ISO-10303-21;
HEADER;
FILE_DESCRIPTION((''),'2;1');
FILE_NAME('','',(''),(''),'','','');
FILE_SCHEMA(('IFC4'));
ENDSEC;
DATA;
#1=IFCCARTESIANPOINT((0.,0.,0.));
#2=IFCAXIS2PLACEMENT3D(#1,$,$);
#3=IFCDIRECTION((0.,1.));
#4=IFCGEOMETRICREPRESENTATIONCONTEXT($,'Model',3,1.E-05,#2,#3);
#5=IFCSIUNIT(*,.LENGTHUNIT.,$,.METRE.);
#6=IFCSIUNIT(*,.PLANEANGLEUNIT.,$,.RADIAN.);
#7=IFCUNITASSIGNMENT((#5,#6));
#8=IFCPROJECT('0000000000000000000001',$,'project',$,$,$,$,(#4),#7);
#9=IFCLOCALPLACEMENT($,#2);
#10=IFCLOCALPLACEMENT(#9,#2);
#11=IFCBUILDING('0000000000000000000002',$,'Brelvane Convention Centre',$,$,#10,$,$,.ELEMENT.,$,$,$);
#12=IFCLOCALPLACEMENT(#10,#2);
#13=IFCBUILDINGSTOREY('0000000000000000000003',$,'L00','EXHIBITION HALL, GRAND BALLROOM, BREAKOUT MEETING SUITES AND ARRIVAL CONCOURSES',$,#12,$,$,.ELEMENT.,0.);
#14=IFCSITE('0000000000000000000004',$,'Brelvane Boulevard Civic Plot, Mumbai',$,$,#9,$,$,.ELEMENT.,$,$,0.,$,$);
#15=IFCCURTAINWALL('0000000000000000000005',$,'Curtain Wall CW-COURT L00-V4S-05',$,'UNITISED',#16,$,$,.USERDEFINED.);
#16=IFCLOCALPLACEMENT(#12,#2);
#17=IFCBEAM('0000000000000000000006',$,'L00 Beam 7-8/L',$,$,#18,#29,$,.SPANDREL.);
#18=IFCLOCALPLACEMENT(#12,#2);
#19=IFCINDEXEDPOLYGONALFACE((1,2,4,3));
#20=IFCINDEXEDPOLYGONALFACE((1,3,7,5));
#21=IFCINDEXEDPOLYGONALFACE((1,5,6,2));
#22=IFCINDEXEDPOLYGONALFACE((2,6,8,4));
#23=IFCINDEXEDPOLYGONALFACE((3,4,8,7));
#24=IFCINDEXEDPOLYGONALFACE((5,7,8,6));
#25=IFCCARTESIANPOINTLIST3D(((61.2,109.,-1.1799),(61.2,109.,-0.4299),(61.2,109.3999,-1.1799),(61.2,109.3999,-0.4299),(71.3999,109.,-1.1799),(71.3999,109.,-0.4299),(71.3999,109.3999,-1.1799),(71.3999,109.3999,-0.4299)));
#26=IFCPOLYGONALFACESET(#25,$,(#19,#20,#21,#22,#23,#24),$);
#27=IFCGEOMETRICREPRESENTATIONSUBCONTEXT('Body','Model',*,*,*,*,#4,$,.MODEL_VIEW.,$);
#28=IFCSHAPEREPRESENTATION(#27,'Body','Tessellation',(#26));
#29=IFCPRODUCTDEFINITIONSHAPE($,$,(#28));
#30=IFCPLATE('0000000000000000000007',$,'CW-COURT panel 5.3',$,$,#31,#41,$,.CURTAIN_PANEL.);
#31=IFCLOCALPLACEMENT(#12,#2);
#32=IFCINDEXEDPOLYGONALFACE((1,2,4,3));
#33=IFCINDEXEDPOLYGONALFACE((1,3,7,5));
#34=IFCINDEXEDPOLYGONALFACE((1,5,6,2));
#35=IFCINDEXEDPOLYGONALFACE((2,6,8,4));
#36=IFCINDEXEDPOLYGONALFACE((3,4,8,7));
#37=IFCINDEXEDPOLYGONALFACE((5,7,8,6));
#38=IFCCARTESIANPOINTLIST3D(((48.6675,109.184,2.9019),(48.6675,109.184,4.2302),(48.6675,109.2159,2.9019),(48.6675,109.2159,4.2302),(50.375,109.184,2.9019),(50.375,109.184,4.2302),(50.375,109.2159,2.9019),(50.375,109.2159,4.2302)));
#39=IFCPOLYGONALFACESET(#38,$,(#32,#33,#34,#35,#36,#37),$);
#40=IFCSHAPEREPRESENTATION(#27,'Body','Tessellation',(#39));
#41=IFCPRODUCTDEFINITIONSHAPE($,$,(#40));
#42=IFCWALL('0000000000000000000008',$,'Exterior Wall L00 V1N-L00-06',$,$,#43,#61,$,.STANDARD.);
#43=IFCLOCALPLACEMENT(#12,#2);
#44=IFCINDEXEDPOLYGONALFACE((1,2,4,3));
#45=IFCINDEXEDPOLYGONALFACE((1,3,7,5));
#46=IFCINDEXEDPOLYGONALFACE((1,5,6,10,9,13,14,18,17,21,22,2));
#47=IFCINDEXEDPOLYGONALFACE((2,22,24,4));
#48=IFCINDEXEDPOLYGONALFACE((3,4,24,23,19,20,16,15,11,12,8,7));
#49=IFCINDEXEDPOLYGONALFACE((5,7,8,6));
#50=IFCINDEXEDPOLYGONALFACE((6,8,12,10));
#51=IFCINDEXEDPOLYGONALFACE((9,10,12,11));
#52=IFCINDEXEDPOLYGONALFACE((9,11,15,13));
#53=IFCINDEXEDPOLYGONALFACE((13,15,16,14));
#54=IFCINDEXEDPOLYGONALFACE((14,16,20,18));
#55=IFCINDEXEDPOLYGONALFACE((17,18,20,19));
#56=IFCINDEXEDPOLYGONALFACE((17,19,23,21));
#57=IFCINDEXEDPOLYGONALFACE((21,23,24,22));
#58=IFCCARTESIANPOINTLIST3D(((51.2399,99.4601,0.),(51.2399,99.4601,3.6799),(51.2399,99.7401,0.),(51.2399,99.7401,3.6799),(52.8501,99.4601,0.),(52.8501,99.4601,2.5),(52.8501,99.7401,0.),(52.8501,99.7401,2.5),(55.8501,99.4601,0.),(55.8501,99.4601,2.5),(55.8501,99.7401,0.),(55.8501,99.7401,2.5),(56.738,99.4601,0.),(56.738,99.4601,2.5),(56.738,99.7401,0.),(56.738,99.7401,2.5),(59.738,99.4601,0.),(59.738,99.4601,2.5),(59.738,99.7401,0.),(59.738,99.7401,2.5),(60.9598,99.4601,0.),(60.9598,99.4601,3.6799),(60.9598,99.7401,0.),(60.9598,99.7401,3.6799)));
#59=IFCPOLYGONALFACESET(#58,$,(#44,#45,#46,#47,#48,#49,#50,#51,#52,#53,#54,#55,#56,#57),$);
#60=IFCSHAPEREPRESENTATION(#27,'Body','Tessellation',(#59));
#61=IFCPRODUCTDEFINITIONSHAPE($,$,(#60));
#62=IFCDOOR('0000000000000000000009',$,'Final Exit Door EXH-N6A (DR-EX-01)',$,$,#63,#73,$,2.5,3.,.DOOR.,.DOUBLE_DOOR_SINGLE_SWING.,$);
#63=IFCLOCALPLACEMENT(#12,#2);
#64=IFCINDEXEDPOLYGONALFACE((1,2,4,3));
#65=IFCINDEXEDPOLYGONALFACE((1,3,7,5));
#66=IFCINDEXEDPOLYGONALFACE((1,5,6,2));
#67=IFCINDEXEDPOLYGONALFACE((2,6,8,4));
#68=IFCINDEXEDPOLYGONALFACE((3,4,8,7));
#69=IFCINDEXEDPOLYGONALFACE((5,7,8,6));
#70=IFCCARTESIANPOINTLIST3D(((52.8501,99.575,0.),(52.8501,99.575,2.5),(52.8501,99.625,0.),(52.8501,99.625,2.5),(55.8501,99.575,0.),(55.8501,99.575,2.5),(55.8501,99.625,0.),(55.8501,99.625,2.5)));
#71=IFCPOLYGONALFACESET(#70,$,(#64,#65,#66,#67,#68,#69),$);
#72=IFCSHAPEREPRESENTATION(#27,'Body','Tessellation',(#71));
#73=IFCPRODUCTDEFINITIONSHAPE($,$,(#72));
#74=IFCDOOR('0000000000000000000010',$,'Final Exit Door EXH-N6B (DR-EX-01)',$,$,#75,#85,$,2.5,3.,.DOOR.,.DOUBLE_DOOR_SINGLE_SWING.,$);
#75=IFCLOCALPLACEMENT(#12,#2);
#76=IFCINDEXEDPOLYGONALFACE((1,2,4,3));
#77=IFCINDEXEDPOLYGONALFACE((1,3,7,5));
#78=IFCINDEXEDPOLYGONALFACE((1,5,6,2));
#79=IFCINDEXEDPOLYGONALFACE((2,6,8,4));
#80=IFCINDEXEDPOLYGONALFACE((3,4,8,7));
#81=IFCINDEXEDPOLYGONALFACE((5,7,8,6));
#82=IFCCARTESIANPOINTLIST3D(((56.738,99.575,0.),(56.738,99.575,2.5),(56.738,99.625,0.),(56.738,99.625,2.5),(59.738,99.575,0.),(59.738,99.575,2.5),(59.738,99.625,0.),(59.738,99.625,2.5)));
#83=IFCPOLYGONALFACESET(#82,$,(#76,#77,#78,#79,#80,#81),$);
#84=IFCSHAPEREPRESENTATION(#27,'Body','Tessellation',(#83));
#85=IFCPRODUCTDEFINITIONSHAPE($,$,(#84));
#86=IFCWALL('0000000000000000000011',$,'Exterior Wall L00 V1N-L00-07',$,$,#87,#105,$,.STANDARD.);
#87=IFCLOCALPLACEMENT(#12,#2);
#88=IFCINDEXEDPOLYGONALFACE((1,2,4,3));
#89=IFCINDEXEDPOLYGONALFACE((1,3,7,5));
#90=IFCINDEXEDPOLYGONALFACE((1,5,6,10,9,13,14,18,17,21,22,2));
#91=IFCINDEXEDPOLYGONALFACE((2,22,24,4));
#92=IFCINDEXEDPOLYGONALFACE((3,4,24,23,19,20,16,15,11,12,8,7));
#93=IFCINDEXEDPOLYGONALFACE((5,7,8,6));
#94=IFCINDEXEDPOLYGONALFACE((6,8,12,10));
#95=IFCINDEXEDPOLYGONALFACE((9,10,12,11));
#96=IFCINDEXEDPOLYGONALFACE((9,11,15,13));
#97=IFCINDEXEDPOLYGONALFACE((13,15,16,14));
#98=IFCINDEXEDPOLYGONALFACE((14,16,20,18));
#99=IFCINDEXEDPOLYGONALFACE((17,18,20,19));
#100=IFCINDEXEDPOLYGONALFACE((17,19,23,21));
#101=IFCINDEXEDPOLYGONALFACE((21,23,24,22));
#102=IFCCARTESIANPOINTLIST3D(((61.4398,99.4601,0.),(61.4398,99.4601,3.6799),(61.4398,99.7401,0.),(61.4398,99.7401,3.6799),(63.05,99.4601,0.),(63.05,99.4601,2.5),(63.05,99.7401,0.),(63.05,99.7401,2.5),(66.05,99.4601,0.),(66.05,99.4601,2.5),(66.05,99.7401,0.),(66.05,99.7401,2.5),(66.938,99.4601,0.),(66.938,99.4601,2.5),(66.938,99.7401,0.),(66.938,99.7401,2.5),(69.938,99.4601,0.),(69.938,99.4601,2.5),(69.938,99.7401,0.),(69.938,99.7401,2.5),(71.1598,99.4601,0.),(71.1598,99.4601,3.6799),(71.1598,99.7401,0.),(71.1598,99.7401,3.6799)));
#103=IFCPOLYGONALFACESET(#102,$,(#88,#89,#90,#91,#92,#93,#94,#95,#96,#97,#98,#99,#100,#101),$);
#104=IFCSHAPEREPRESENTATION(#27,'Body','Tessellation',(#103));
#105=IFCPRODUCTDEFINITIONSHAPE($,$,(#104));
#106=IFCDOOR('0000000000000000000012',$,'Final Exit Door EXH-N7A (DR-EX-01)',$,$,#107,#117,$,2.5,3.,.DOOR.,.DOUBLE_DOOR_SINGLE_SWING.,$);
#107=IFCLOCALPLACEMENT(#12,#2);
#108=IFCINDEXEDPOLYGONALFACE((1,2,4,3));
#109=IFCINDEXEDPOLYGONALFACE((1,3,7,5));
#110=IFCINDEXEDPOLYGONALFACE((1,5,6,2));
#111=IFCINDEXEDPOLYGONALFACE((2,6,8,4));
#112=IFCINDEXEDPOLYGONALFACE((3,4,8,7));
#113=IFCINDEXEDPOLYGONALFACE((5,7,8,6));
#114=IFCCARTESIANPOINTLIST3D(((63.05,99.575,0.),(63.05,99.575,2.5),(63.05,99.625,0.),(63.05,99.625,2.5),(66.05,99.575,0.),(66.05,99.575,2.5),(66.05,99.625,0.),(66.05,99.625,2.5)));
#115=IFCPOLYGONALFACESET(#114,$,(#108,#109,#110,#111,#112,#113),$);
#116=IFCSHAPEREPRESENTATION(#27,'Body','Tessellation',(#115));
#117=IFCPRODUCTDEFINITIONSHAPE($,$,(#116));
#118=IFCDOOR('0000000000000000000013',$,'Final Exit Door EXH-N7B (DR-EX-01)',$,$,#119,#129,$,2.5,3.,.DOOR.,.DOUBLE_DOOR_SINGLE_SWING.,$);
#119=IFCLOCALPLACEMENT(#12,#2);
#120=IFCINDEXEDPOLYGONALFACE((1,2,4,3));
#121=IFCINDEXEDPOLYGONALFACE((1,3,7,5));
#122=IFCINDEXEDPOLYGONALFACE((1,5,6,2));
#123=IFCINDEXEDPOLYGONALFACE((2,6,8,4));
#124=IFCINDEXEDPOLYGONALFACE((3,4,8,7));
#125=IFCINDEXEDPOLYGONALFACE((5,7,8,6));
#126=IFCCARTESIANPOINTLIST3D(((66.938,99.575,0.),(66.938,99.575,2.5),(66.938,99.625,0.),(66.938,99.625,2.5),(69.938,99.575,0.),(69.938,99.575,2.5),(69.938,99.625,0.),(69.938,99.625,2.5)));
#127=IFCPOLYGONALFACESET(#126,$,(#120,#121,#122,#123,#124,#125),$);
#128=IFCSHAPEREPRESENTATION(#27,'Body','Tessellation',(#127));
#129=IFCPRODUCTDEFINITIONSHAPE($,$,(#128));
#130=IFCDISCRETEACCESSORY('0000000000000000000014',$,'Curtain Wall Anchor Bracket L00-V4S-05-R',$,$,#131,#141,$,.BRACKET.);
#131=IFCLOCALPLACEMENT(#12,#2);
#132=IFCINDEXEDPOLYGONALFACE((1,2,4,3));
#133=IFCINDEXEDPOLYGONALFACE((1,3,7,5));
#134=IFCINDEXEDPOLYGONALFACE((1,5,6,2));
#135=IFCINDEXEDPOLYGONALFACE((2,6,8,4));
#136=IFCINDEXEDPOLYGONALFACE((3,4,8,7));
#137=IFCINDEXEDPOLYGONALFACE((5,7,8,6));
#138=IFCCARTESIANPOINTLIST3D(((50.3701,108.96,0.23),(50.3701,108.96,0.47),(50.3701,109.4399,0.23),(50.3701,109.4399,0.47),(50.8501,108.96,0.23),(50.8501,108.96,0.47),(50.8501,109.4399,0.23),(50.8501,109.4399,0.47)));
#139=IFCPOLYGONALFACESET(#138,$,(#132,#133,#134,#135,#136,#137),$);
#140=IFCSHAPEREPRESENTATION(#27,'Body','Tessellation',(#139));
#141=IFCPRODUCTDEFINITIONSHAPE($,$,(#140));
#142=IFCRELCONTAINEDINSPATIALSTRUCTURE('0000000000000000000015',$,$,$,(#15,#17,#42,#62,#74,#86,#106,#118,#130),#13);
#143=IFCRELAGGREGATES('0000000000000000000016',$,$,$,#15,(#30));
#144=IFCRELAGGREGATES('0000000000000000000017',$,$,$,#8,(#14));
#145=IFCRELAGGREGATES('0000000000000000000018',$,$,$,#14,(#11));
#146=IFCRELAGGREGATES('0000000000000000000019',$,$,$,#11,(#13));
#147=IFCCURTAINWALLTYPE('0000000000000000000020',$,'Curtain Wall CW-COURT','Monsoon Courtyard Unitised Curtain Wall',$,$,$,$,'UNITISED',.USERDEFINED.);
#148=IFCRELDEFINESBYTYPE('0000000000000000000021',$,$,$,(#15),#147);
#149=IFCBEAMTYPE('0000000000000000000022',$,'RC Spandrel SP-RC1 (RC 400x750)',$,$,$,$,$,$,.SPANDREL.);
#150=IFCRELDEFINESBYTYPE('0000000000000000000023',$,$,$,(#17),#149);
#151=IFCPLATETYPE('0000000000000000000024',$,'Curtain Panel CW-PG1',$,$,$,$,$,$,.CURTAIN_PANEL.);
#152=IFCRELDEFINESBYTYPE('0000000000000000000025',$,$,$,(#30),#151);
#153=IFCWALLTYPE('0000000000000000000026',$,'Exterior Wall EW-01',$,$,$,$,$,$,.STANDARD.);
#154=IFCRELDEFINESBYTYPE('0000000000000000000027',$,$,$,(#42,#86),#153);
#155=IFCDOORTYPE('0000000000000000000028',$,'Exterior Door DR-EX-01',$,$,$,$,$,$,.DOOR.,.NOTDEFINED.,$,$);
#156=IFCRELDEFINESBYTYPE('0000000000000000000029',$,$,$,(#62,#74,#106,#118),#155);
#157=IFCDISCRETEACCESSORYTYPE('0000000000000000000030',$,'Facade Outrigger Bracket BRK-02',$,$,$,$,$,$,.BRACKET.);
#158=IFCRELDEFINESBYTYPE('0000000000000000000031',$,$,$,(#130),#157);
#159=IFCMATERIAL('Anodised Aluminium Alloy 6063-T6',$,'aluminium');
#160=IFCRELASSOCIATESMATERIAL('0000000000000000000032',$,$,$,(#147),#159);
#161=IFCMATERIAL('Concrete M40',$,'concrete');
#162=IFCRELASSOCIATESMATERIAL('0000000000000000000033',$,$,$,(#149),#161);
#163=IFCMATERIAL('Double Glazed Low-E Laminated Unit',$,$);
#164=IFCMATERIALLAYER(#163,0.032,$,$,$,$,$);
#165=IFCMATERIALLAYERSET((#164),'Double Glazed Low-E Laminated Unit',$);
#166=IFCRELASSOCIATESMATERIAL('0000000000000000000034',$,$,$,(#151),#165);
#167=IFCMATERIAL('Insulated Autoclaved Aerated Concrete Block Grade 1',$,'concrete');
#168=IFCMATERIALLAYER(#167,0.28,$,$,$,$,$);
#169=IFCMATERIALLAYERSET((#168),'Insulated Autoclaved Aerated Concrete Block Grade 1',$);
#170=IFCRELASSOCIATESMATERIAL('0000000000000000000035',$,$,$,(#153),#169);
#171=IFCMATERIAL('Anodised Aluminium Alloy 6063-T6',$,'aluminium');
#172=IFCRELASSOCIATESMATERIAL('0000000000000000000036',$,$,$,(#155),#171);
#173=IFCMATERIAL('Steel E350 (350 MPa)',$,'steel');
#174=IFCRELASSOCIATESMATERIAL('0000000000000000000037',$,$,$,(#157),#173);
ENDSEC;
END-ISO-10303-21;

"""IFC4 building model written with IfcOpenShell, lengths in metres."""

from ifc_helpers import new_model, si_unit, direction, frame, frame_2d, origin, origin_2d, place, context, subcontext, project, spatial, rectangle, extrude, material, layer, layer_set, material_profile, profile_set, type_object, element, fill, aggregate, save


model = new_model("IFC4")

# Units and contexts
model_context = context("Model", 3, precision=1e-05, world=origin(), true_north=direction((0.0, 1.0)))
body_context = subcontext(model_context, "Body", "Model", "MODEL_VIEW")
ifc_project = project(units=[si_unit("LENGTHUNIT", "METRE"), si_unit("PLANEANGLEUNIT", "RADIAN")], contexts=[model_context])

# Site, building, storey
site_placement = place(None, origin())
site = spatial("IfcSite", under=ifc_project, at=site_placement, Name="Brelvane Boulevard Civic Plot, Mumbai", CompositionType="ELEMENT", RefElevation=0.0)
building_placement = place(site_placement, origin())
building = spatial("IfcBuilding", under=site, at=building_placement, Name="Brelvane Convention Centre", CompositionType="ELEMENT")
storey_placement = place(building_placement, origin())
storey = spatial("IfcBuildingStorey", under=building, at=storey_placement, Name="L00", Description="EXHIBITION HALL, GRAND BALLROOM, BREAKOUT MEETING SUITES AND ARRIVAL CONCOURSES", CompositionType="ELEMENT", Elevation=0.0)

# Curtain wall
ifc_material_1 = material(Name="Anodised Aluminium Alloy 6063-T6", Category="aluminium")
curtain_wall_type = type_object("IfcCurtainWallType", Name="Curtain Wall CW-COURT", Description="Monsoon Courtyard Unitised Curtain Wall", ElementType="UNITISED", PredefinedType="USERDEFINED", material=ifc_material_1)
curtain_wall_placement = place(storey_placement, origin())
curtain_wall = element("IfcCurtainWall", 1, at=curtain_wall_placement, inside=storey, type_object=curtain_wall_type, Name="Curtain Wall CW-COURT L00-V4S-05", ObjectType="UNITISED", PredefinedType="USERDEFINED")

# Beam
ifc_material_2 = material(Name="Concrete M40", Category="concrete")
ifc_material_profile_1 = material_profile(ifc_material_2, rectangle(XDim=0.3999, YDim=0.75, at=origin_2d()), Name="RC 400x750")
ifc_profile_set_1 = profile_set([ifc_material_profile_1], Name="Concrete M40")
beam_type_1 = type_object("IfcBeamType", Name="RC Spandrel SP-RC1 (RC 400x750)", PredefinedType="SPANDREL", material=ifc_profile_set_1)
for number, where, z_axis, x_axis, name in (
    (2, (61.2, 109.2, -0.8049), (1.0, 0.0, 0.0), (0.0, 1.0, 0.0), "L00 Beam 7-8/L"),
):
    element("IfcBeam", number, at=place(storey_placement, frame(where, z_axis=z_axis, x_axis=x_axis)), inside=storey, type_object=beam_type_1, Name=name, PredefinedType="SPANDREL", context=body_context, shape_type="SweptSolid", body=[
        extrude(rectangle(XDim=0.3999, YDim=0.75, at=origin_2d()), origin(), (0.0, 0.0, 1.0), 10.2),
    ])

# Plate
ifc_material_3 = material(Name="Double Glazed Low-E Laminated Unit")
ifc_layer_1 = layer(ifc_material_3, 0.032)
ifc_layer_set_1 = layer_set([ifc_layer_1], Name="Double Glazed Low-E Laminated Unit")
plate_type = type_object("IfcPlateType", Name="Curtain Panel CW-PG1", PredefinedType="CURTAIN_PANEL", material=ifc_layer_set_1)
plate_placement = place(storey_placement, frame((49.5212, 109.2, 2.9019), z_axis=(0.0, 0.0, 1.0), x_axis=(1.0, 0.0, 0.0)))
plate = element("IfcPlate", 3, at=plate_placement, type_object=plate_type, Name="CW-COURT panel 5.3", PredefinedType="CURTAIN_PANEL", context=body_context, shape_type="SweptSolid", body=[
    extrude(rectangle(XDim=1.7075, YDim=0.032, at=origin_2d()), origin(), (0.0, 0.0, 1.0), 1.3284),
])
aggregate(curtain_wall, [plate])

# Walls, openings, doors
ifc_material_4 = material(Name="Insulated Autoclaved Aerated Concrete Block Grade 1", Category="concrete")
ifc_layer_2 = layer(ifc_material_4, 0.28)
ifc_layer_set_2 = layer_set([ifc_layer_2], Name="Insulated Autoclaved Aerated Concrete Block Grade 1")
wall_type_1 = type_object("IfcWallType", Name="Exterior Wall EW-01", PredefinedType="STANDARD", material=ifc_layer_set_2)
wall_1_placement = place(storey_placement, frame((51.24, 99.6001, 0.0), z_axis=(0.0, 0.0, 1.0), x_axis=(1.0, 0.0, 0.0)))
wall_1 = element("IfcWall", 4, at=wall_1_placement, inside=storey, type_object=wall_type_1, Name="Exterior Wall L00 V1N-L00-06", PredefinedType="STANDARD", context=body_context, shape_type="SweptSolid", body=[
    extrude(rectangle(XDim=9.72, YDim=0.28, at=frame_2d((4.8599, 0.0))), origin(), (0.0, 0.0, 1.0), 3.6799),
])
opening_1_placement = place(wall_1_placement, frame((1.6101, 0.0, 0.0)))
opening_1 = element("IfcOpeningElement", 5, at=opening_1_placement, cuts=wall_1, PredefinedType="OPENING", context=body_context, shape_type="SweptSolid", body=[
    extrude(rectangle(XDim=3.0, YDim=2.5, at=frame_2d((1.5, 1.25))), frame((0.0, 0.1499, 0.0), z_axis=(0.0, -1.0, 0.0), x_axis=(1.0, 0.0, 0.0)), (0.0, 0.0, 1.0), 0.3),
])
opening_2_placement = place(wall_1_placement, frame((5.498, 0.0, 0.0)))
opening_2 = element("IfcOpeningElement", 6, at=opening_2_placement, cuts=wall_1, PredefinedType="OPENING", context=body_context, shape_type="SweptSolid", body=[
    extrude(rectangle(XDim=3.0, YDim=2.5, at=frame_2d((1.5, 1.25))), frame((0.0, 0.1499, 0.0), z_axis=(0.0, -1.0, 0.0), x_axis=(1.0, 0.0, 0.0)), (0.0, 0.0, 1.0), 0.3),
])
ifc_material_5 = material(Name="Anodised Aluminium Alloy 6063-T6", Category="aluminium")
door_type_1 = type_object("IfcDoorType", Name="Exterior Door DR-EX-01", OperationType="NOTDEFINED", PredefinedType="DOOR", material=ifc_material_5)
door_1_placement = place(opening_1_placement, origin())
door_1 = element("IfcDoor", 7, at=door_1_placement, inside=storey, type_object=door_type_1, Name="Final Exit Door EXH-N6A (DR-EX-01)", OperationType="DOUBLE_DOOR_SINGLE_SWING", OverallHeight=2.5, OverallWidth=3.0, PredefinedType="DOOR", context=body_context, shape_type="SweptSolid", body=[
    extrude(rectangle(XDim=3.0, YDim=2.5, at=frame_2d((1.5, 1.25))), frame((0.0, 0.0249, 0.0), z_axis=(0.0, -1.0, 0.0), x_axis=(1.0, 0.0, 0.0)), (0.0, 0.0, 1.0), 0.05),
])
fill(opening_1, door_1)
door_2_placement = place(opening_2_placement, origin())
door_2 = element("IfcDoor", 8, at=door_2_placement, inside=storey, type_object=door_type_1, Name="Final Exit Door EXH-N6B (DR-EX-01)", OperationType="DOUBLE_DOOR_SINGLE_SWING", OverallHeight=2.5, OverallWidth=3.0, PredefinedType="DOOR", context=body_context, shape_type="SweptSolid", body=[
    extrude(rectangle(XDim=3.0, YDim=2.5, at=frame_2d((1.5, 1.25))), frame((0.0, 0.0249, 0.0), z_axis=(0.0, -1.0, 0.0), x_axis=(1.0, 0.0, 0.0)), (0.0, 0.0, 1.0), 0.05),
])
fill(opening_2, door_2)
wall_2_placement = place(storey_placement, frame((61.4399, 99.6001, 0.0), z_axis=(0.0, 0.0, 1.0), x_axis=(1.0, 0.0, 0.0)))
wall_2 = element("IfcWall", 9, at=wall_2_placement, inside=storey, type_object=wall_type_1, Name="Exterior Wall L00 V1N-L00-07", PredefinedType="STANDARD", context=body_context, shape_type="SweptSolid", body=[
    extrude(rectangle(XDim=9.72, YDim=0.28, at=frame_2d((4.8599, 0.0))), origin(), (0.0, 0.0, 1.0), 3.6799),
])
opening_3_placement = place(wall_2_placement, frame((1.6101, 0.0, 0.0)))
opening_3 = element("IfcOpeningElement", 10, at=opening_3_placement, cuts=wall_2, PredefinedType="OPENING", context=body_context, shape_type="SweptSolid", body=[
    extrude(rectangle(XDim=3.0, YDim=2.5, at=frame_2d((1.5, 1.25))), frame((0.0, 0.1499, 0.0), z_axis=(0.0, -1.0, 0.0), x_axis=(1.0, 0.0, 0.0)), (0.0, 0.0, 1.0), 0.3),
])
opening_4_placement = place(wall_2_placement, frame((5.498, 0.0, 0.0)))
opening_4 = element("IfcOpeningElement", 11, at=opening_4_placement, cuts=wall_2, PredefinedType="OPENING", context=body_context, shape_type="SweptSolid", body=[
    extrude(rectangle(XDim=3.0, YDim=2.5, at=frame_2d((1.5, 1.25))), frame((0.0, 0.1499, 0.0), z_axis=(0.0, -1.0, 0.0), x_axis=(1.0, 0.0, 0.0)), (0.0, 0.0, 1.0), 0.3),
])
door_3_placement = place(opening_3_placement, origin())
door_3 = element("IfcDoor", 12, at=door_3_placement, inside=storey, type_object=door_type_1, Name="Final Exit Door EXH-N7A (DR-EX-01)", OperationType="DOUBLE_DOOR_SINGLE_SWING", OverallHeight=2.5, OverallWidth=3.0, PredefinedType="DOOR", context=body_context, shape_type="SweptSolid", body=[
    extrude(rectangle(XDim=3.0, YDim=2.5, at=frame_2d((1.5, 1.25))), frame((0.0, 0.0249, 0.0), z_axis=(0.0, -1.0, 0.0), x_axis=(1.0, 0.0, 0.0)), (0.0, 0.0, 1.0), 0.05),
])
fill(opening_3, door_3)
door_4_placement = place(opening_4_placement, origin())
door_4 = element("IfcDoor", 13, at=door_4_placement, inside=storey, type_object=door_type_1, Name="Final Exit Door EXH-N7B (DR-EX-01)", OperationType="DOUBLE_DOOR_SINGLE_SWING", OverallHeight=2.5, OverallWidth=3.0, PredefinedType="DOOR", context=body_context, shape_type="SweptSolid", body=[
    extrude(rectangle(XDim=3.0, YDim=2.5, at=frame_2d((1.5, 1.25))), frame((0.0, 0.0249, 0.0), z_axis=(0.0, -1.0, 0.0), x_axis=(1.0, 0.0, 0.0)), (0.0, 0.0, 1.0), 0.05),
])
fill(opening_4, door_4)

# Discrete accessory
ifc_material_6 = material(Name="Steel E350 (350 MPa)", Category="steel")
discrete_accessory_type = type_object("IfcDiscreteAccessoryType", Name="Facade Outrigger Bracket BRK-02", PredefinedType="BRACKET", material=ifc_material_6)
discrete_accessory_placement = place(storey_placement, frame((50.6101, 109.2, 0.23), z_axis=(0.0, 0.0, 1.0), x_axis=(1.0, 0.0, 0.0)))
element("IfcDiscreteAccessory", 14, at=discrete_accessory_placement, inside=storey, type_object=discrete_accessory_type, Name="Curtain Wall Anchor Bracket L00-V4S-05-R", PredefinedType="BRACKET", context=body_context, shape_type="SweptSolid", body=[
    extrude(rectangle(XDim=0.48, YDim=0.48, at=origin_2d()), origin(), (0.0, 0.0, 1.0), 0.24),
])

save(model, "model.ifc")
